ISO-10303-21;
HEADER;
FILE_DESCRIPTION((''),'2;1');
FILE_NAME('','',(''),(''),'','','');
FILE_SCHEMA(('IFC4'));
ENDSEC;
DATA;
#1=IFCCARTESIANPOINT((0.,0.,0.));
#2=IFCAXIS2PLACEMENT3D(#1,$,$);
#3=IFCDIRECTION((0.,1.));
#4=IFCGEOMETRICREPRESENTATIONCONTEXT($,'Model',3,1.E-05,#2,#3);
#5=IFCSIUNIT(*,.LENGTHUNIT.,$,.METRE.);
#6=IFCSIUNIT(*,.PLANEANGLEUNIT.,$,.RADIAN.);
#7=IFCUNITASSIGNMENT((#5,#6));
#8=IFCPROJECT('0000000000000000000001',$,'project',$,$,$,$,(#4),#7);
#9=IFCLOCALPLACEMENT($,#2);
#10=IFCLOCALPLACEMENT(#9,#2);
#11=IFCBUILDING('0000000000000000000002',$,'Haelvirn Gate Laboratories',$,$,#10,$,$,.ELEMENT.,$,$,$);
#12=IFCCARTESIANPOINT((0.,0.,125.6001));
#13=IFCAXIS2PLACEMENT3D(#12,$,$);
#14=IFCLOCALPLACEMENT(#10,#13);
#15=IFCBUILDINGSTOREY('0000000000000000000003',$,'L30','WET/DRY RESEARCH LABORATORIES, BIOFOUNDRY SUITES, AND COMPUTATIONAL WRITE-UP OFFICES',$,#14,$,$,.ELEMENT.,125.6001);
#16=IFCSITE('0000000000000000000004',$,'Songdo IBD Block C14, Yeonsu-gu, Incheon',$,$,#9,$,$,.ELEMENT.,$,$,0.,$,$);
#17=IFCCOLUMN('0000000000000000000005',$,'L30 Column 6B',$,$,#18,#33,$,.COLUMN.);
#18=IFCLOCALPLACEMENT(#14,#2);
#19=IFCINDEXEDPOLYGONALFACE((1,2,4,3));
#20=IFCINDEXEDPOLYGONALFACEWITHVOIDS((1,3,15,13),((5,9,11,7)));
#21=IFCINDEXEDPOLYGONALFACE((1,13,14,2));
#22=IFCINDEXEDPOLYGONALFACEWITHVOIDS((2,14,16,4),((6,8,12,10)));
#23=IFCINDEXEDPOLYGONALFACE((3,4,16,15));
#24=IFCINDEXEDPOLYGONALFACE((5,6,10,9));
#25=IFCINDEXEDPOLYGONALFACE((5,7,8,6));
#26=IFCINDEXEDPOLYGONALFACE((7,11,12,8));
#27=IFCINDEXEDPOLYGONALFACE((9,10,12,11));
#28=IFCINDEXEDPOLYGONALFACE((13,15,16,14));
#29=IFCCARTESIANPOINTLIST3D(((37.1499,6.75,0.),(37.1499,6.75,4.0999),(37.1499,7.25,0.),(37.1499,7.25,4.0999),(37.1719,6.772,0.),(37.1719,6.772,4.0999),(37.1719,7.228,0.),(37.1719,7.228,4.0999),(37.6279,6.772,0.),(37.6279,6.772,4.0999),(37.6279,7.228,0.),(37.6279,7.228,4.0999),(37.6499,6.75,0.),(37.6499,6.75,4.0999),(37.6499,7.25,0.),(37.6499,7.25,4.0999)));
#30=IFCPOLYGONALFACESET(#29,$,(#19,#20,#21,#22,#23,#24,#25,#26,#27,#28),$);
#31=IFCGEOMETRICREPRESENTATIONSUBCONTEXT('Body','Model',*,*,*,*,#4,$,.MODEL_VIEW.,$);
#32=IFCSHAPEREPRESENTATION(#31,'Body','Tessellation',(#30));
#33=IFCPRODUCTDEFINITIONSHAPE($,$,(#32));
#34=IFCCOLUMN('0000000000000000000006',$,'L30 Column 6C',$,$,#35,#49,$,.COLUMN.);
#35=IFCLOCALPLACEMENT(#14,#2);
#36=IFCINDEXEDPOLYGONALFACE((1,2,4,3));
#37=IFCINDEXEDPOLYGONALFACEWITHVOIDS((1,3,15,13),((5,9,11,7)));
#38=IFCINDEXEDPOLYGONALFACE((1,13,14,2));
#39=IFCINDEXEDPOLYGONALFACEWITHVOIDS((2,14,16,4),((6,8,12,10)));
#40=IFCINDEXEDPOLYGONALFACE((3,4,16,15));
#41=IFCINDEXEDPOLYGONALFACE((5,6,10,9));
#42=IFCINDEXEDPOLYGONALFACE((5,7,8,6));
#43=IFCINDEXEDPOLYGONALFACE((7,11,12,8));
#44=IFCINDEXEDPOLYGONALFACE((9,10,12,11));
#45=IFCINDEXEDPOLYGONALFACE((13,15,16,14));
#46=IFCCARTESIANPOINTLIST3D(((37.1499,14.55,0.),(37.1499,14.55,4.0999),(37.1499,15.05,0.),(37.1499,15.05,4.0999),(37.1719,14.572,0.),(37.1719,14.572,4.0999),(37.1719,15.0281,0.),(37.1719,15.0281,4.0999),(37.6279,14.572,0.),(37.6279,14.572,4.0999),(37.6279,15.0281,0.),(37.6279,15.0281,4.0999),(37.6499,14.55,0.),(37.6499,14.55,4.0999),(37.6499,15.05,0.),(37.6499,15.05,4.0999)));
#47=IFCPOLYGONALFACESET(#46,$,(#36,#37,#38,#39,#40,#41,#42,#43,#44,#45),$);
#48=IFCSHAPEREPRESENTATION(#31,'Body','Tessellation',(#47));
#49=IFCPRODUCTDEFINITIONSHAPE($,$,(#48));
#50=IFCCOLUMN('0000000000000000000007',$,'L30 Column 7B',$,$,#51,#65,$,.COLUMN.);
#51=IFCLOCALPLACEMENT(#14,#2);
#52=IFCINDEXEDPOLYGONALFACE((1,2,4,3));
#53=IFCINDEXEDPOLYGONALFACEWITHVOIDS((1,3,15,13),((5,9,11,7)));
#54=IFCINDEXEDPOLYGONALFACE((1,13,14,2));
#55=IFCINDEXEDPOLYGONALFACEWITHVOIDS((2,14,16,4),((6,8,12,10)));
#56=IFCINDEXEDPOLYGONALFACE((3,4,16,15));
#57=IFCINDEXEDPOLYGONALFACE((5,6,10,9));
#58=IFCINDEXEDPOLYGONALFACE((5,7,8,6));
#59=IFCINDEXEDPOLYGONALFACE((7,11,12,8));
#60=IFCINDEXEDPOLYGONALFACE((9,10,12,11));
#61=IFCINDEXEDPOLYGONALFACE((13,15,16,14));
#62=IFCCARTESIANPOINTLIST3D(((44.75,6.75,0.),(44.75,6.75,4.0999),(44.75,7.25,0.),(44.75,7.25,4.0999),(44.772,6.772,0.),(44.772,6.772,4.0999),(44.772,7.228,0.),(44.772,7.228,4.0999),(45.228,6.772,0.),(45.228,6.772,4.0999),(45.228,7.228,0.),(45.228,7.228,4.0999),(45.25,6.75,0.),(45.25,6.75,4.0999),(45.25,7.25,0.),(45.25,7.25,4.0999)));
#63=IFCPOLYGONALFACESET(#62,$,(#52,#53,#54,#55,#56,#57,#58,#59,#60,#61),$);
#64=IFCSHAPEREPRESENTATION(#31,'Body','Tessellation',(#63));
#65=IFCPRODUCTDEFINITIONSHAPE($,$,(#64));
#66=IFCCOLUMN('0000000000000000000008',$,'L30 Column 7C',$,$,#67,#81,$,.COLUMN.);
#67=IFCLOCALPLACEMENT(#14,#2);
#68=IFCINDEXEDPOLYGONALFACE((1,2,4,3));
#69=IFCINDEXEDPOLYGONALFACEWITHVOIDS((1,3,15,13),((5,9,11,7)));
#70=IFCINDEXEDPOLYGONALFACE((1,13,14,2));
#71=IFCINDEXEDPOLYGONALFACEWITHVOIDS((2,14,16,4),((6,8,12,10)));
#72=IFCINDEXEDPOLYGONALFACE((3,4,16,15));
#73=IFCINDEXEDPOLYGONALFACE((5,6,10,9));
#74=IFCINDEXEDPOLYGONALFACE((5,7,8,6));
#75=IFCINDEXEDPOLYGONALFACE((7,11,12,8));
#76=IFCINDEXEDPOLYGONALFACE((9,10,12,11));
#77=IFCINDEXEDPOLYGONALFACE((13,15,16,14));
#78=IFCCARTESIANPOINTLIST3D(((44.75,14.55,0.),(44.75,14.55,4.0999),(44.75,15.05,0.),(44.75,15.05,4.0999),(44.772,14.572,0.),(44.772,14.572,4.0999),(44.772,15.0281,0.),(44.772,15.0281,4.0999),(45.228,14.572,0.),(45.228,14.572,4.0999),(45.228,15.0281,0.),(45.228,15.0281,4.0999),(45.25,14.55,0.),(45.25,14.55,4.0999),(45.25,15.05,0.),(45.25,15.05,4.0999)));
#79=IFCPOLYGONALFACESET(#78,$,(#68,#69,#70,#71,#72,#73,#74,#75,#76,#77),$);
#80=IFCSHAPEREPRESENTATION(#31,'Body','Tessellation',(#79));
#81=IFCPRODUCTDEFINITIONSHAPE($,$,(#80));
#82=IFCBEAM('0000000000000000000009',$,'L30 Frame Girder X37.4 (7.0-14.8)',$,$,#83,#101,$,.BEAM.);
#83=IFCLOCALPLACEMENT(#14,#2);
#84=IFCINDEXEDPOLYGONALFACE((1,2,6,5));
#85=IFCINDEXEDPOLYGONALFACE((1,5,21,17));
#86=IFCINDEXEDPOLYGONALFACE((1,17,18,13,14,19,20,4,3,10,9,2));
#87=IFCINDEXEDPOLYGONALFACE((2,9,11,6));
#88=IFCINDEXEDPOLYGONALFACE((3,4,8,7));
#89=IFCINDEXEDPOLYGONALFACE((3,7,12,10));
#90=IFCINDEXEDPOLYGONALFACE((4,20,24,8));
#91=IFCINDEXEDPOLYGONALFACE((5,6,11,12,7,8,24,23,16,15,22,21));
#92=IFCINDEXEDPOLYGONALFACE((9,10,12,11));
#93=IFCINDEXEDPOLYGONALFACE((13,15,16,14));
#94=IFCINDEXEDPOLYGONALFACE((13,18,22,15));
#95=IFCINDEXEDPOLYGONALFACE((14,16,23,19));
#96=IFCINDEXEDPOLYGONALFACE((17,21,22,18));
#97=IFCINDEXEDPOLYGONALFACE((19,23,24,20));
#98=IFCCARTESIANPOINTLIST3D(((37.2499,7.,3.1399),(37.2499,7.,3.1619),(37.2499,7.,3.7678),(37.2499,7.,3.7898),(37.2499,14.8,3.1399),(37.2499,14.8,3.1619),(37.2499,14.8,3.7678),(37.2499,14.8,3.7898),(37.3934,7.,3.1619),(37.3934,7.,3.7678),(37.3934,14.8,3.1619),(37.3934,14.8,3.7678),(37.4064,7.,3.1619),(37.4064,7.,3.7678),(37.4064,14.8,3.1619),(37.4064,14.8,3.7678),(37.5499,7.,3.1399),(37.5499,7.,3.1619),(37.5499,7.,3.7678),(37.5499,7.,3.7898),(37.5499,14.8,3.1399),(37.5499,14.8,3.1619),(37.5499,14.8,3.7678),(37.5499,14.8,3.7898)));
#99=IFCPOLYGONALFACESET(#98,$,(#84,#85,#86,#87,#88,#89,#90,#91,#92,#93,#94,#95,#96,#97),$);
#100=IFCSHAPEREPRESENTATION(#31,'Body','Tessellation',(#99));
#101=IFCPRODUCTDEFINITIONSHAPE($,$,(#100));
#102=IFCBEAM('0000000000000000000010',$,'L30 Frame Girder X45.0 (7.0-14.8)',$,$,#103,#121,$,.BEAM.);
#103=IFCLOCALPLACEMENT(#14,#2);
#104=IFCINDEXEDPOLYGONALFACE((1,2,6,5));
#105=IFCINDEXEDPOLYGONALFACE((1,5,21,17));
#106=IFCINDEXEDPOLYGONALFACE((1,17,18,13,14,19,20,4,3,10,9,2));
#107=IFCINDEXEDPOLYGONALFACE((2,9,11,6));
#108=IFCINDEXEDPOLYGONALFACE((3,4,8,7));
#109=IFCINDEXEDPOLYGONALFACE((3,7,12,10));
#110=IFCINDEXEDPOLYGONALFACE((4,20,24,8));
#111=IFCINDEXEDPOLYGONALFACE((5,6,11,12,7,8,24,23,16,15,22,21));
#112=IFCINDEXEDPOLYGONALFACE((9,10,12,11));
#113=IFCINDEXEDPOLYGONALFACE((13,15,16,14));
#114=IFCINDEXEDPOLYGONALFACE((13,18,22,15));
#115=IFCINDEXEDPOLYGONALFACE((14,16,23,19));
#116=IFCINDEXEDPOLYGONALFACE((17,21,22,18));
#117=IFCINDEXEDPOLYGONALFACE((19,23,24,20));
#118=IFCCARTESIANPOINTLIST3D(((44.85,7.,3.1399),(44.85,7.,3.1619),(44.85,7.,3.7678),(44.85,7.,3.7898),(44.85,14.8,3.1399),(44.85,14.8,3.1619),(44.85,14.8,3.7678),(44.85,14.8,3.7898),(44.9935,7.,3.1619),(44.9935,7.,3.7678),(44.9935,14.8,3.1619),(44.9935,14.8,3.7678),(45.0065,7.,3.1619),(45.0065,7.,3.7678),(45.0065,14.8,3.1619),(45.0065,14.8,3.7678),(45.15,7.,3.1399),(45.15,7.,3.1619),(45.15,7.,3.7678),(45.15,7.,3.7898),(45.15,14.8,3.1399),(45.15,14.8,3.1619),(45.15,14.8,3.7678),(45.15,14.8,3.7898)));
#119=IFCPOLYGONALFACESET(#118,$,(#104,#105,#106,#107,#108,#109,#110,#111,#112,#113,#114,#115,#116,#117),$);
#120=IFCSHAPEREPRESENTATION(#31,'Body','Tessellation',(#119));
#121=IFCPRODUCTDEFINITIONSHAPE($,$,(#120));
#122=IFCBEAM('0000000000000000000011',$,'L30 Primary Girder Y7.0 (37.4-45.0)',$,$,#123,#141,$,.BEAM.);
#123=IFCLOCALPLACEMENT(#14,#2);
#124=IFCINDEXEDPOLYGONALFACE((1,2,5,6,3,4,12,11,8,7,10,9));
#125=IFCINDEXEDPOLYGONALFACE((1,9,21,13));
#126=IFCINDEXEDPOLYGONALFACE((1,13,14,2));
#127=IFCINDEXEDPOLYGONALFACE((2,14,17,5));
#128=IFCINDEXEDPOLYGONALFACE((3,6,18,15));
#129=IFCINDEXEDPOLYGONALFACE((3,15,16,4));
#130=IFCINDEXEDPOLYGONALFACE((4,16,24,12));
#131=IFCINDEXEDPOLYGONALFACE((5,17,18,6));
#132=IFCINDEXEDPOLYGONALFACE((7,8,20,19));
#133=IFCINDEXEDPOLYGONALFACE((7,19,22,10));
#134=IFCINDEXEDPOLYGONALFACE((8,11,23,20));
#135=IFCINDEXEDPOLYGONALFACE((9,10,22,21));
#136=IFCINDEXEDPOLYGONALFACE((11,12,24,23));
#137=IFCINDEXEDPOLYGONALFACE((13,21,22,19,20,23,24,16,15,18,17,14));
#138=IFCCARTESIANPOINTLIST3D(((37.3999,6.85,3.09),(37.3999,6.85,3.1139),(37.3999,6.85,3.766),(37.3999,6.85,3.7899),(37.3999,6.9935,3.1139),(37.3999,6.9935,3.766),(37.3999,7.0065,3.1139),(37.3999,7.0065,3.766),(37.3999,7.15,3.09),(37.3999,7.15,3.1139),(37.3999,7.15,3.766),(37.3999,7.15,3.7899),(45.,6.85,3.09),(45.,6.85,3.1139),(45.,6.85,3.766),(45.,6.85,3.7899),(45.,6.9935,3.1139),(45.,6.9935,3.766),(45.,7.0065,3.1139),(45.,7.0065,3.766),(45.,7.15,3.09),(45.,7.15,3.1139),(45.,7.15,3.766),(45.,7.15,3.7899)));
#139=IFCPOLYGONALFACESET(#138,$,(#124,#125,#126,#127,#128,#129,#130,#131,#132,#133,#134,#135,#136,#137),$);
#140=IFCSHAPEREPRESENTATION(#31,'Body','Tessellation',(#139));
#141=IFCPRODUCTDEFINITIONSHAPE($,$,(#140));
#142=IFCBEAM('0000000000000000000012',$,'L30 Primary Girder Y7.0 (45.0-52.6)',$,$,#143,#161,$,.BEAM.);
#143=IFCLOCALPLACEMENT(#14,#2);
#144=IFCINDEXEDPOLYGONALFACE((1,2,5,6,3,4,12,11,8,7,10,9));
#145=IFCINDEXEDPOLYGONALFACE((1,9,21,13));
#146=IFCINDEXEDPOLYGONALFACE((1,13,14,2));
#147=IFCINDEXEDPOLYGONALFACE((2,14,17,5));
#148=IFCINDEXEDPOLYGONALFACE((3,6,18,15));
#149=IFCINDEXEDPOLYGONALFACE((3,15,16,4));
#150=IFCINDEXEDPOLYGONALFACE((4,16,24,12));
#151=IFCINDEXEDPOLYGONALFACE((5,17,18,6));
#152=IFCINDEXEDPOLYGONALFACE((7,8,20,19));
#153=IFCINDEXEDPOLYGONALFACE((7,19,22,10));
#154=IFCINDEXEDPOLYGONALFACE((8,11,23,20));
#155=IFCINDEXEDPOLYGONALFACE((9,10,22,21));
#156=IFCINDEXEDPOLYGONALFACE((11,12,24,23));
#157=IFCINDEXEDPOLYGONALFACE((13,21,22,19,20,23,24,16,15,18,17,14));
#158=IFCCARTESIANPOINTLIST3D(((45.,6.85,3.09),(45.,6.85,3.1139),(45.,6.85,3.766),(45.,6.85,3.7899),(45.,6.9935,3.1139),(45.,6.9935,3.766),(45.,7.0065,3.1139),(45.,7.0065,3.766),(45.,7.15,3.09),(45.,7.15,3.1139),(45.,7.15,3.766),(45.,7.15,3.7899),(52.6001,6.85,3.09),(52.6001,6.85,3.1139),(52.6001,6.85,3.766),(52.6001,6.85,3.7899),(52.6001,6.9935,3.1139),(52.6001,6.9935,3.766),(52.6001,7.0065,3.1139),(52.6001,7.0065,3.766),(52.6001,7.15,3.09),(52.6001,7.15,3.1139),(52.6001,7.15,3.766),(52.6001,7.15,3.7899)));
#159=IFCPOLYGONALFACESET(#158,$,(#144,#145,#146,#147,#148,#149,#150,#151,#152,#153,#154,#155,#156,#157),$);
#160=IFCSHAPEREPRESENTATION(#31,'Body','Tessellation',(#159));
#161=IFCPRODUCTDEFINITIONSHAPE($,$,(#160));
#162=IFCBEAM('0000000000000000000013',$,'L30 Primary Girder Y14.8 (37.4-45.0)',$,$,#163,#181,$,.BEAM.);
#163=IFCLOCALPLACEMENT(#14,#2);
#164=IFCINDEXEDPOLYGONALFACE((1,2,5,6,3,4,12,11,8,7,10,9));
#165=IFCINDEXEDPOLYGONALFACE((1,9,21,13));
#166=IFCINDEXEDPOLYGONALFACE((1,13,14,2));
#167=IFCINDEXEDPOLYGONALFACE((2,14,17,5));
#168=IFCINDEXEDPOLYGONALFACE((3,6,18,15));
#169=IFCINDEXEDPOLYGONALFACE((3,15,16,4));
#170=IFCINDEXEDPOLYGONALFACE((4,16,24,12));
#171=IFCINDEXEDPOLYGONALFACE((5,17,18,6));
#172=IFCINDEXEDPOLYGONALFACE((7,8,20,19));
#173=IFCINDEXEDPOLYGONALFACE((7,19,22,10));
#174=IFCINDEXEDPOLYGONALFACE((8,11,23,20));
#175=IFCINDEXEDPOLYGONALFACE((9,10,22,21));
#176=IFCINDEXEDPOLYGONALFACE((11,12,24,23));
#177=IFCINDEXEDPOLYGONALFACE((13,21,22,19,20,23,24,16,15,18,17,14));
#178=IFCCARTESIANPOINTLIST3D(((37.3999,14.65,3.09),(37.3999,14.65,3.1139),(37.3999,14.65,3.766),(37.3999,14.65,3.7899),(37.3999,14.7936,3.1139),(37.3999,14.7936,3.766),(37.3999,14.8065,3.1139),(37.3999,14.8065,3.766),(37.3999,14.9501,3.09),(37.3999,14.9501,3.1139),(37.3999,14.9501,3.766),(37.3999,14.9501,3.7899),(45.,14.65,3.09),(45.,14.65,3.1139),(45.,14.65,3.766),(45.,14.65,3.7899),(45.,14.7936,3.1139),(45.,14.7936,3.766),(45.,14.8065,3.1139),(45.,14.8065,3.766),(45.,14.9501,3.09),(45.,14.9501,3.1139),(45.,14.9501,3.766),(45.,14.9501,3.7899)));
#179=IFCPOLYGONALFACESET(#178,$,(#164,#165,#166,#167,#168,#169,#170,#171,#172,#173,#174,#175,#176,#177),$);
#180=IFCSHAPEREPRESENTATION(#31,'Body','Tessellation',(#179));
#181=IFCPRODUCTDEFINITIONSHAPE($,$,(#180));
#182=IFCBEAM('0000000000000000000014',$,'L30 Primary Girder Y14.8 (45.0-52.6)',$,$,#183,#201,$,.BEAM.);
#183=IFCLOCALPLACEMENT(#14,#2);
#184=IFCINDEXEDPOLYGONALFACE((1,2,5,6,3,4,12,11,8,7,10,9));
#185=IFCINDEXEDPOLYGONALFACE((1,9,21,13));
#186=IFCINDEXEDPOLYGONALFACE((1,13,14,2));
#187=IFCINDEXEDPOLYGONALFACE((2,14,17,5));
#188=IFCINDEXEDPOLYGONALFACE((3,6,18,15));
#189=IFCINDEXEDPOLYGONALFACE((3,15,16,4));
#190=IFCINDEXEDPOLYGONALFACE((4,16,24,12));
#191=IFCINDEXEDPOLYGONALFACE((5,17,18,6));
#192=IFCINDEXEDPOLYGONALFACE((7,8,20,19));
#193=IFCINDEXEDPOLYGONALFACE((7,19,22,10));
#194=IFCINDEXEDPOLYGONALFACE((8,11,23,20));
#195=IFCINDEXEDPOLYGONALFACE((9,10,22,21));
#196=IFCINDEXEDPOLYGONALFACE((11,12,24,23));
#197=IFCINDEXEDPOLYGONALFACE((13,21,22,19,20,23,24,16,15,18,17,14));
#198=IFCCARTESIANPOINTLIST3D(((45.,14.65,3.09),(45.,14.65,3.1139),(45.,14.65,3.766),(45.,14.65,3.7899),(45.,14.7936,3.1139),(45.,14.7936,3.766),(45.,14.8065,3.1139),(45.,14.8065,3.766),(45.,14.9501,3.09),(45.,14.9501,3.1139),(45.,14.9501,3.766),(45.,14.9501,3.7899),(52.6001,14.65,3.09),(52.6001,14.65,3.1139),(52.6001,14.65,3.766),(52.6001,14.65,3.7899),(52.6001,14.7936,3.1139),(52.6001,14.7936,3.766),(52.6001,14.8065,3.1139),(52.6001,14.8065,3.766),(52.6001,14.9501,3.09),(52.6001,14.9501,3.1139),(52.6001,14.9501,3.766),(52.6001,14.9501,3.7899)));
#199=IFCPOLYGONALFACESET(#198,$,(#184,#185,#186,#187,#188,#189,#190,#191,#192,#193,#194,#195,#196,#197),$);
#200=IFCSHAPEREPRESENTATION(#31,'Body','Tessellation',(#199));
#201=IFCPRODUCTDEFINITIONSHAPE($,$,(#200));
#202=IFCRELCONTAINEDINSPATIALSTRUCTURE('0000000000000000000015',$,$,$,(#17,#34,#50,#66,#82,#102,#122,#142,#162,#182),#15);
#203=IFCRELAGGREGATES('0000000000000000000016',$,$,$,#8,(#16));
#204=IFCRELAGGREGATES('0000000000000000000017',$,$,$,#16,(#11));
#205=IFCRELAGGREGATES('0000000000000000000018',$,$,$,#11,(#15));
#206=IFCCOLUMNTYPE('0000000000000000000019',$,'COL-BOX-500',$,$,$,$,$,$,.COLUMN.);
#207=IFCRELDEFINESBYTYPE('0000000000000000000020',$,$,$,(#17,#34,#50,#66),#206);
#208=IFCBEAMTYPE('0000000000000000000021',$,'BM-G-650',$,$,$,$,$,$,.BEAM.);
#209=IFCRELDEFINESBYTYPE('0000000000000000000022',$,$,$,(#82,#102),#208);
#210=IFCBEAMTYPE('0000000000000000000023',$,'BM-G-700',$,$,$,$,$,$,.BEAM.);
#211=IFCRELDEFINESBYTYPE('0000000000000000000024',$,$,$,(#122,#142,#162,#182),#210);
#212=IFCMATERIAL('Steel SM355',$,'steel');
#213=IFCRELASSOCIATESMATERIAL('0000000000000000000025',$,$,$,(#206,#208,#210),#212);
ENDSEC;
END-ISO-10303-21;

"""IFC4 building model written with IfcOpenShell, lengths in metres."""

from ifc_helpers import new_model, si_unit, direction, frame, origin, origin_2d, place, context, subcontext, project, spatial, hollow_rectangle, i_section, extrude, source, transform, mapped, material, material_profile, profile_set, type_object, type_shapes, element, save


model = new_model("IFC4")

# Units and contexts
model_context = context("Model", 3, precision=1e-05, world=origin(), true_north=direction((0.0, 1.0)))
body_context = subcontext(model_context, "Body", "Model", "MODEL_VIEW")
ifc_project = project(units=[si_unit("LENGTHUNIT", "METRE"), si_unit("PLANEANGLEUNIT", "RADIAN")], contexts=[model_context])

# Site, building, storey
site_placement = place(None, origin())
site = spatial("IfcSite", under=ifc_project, at=site_placement, Name="Songdo IBD Block C14, Yeonsu-gu, Incheon", CompositionType="ELEMENT", RefElevation=0.0)
building_placement = place(site_placement, origin())
building = spatial("IfcBuilding", under=site, at=building_placement, Name="Haelvirn Gate Laboratories", CompositionType="ELEMENT")
storey_placement = place(building_placement, frame((0.0, 0.0, 125.6001)))
storey = spatial("IfcBuildingStorey", under=building, at=storey_placement, Name="L30", Description="WET/DRY RESEARCH LABORATORIES, BIOFOUNDRY SUITES, AND COMPUTATIONAL WRITE-UP OFFICES", CompositionType="ELEMENT", Elevation=125.6001)

# Columns
ifc_material_1 = material(Name="Steel SM355", Category="steel")
ifc_material_profile_1 = material_profile(ifc_material_1, hollow_rectangle(XDim=0.5, YDim=0.5, WallThickness=0.022, at=origin_2d()), Name="BOX-500x500x22")
ifc_profile_set_1 = profile_set([ifc_material_profile_1], Name="Steel SM355")
column_type = type_object("IfcColumnType", Name="COL-BOX-500", PredefinedType="COLUMN", material=ifc_profile_set_1)
shared_shape_1 = source(origin(), body_context, "Body", "SweptSolid", [
    extrude(hollow_rectangle(XDim=0.5, YDim=0.5, WallThickness=0.022, at=origin_2d()), origin(), (0.0, 0.0, 1.0), 4.0999),
])
type_shapes(column_type, [shared_shape_1])
for number, where, z_axis, x_axis, name in (
    (1, (37.3999, 7.0, 0.0), (0.0, 0.0, 1.0), (1.0, 0.0, 0.0), "L30 Column 6B"),
    (2, (37.3999, 14.8, 0.0), (0.0, 0.0, 1.0), (1.0, 0.0, 0.0), "L30 Column 6C"),
    (3, (45.0, 7.0, 0.0), (0.0, 0.0, 1.0), (1.0, 0.0, 0.0), "L30 Column 7B"),
    (4, (45.0, 14.8, 0.0), (0.0, 0.0, 1.0), (1.0, 0.0, 0.0), "L30 Column 7C"),
):
    element("IfcColumn", number, at=place(storey_placement, frame(where, z_axis=z_axis, x_axis=x_axis)), inside=storey, type_object=column_type, Name=name, PredefinedType="COLUMN", context=body_context, shape_type="MappedRepresentation", body=[
        mapped(shared_shape_1, transform((0.0, 0.0, 0.0), scale=1.0)),
    ])

# Beams
ifc_material_profile_2 = material_profile(ifc_material_1, i_section(OverallWidth=0.3, OverallDepth=0.6499, WebThickness=0.0129, FlangeThickness=0.022, at=origin_2d()), Name="H-650x300x13x22")
ifc_profile_set_2 = profile_set([ifc_material_profile_2], Name="Steel SM355")
beam_type_1 = type_object("IfcBeamType", Name="BM-G-650", PredefinedType="BEAM", material=ifc_profile_set_2)
shared_shape_2 = source(origin(), body_context, "Body", "SweptSolid", [
    extrude(i_section(OverallWidth=0.3, OverallDepth=0.6499, WebThickness=0.0129, FlangeThickness=0.022, at=origin_2d()), origin(), (0.0, 0.0, 1.0), 7.8),
])
type_shapes(beam_type_1, [shared_shape_2])
for number, where, z_axis, x_axis, name in (
    (5, (37.3999, 7.0, 3.4648), (0.0, 1.0, 0.0), (-1.0, 0.0, 0.0), "L30 Frame Girder X37.4 (7.0-14.8)"),
    (6, (45.0, 7.0, 3.4648), (0.0, 1.0, 0.0), (-1.0, 0.0, 0.0), "L30 Frame Girder X45.0 (7.0-14.8)"),
):
    element("IfcBeam", number, at=place(storey_placement, frame(where, z_axis=z_axis, x_axis=x_axis)), inside=storey, type_object=beam_type_1, Name=name, PredefinedType="BEAM", context=body_context, shape_type="MappedRepresentation", body=[
        mapped(shared_shape_2, transform((0.0, 0.0, 0.0), scale=1.0)),
    ])
ifc_material_profile_3 = material_profile(ifc_material_1, i_section(OverallWidth=0.3, OverallDepth=0.7, WebThickness=0.0129, FlangeThickness=0.0239, at=origin_2d()), Name="H-700x300x13x24")
ifc_profile_set_3 = profile_set([ifc_material_profile_3], Name="Steel SM355")
beam_type_2 = type_object("IfcBeamType", Name="BM-G-700", PredefinedType="BEAM", material=ifc_profile_set_3)
shared_shape_3 = source(origin(), body_context, "Body", "SweptSolid", [
    extrude(i_section(OverallWidth=0.3, OverallDepth=0.7, WebThickness=0.0129, FlangeThickness=0.0239, at=origin_2d()), origin(), (0.0, 0.0, 1.0), 7.6001),
])
type_shapes(beam_type_2, [shared_shape_3])
for number, where, z_axis, x_axis, name in (
    (7, (37.3999, 7.0, 3.4399), (1.0, 0.0, 0.0), (0.0, 1.0, 0.0), "L30 Primary Girder Y7.0 (37.4-45.0)"),
    (8, (45.0, 7.0, 3.4399), (1.0, 0.0, 0.0), (0.0, 1.0, 0.0), "L30 Primary Girder Y7.0 (45.0-52.6)"),
    (9, (37.3999, 14.8, 3.4399), (1.0, 0.0, 0.0), (0.0, 1.0, 0.0), "L30 Primary Girder Y14.8 (37.4-45.0)"),
    (10, (45.0, 14.8, 3.4399), (1.0, 0.0, 0.0), (0.0, 1.0, 0.0), "L30 Primary Girder Y14.8 (45.0-52.6)"),
):
    element("IfcBeam", number, at=place(storey_placement, frame(where, z_axis=z_axis, x_axis=x_axis)), inside=storey, type_object=beam_type_2, Name=name, PredefinedType="BEAM", context=body_context, shape_type="MappedRepresentation", body=[
        mapped(shared_shape_3, transform((0.0, 0.0, 0.0), scale=1.0)),
    ])

save(model, "model.ifc")
